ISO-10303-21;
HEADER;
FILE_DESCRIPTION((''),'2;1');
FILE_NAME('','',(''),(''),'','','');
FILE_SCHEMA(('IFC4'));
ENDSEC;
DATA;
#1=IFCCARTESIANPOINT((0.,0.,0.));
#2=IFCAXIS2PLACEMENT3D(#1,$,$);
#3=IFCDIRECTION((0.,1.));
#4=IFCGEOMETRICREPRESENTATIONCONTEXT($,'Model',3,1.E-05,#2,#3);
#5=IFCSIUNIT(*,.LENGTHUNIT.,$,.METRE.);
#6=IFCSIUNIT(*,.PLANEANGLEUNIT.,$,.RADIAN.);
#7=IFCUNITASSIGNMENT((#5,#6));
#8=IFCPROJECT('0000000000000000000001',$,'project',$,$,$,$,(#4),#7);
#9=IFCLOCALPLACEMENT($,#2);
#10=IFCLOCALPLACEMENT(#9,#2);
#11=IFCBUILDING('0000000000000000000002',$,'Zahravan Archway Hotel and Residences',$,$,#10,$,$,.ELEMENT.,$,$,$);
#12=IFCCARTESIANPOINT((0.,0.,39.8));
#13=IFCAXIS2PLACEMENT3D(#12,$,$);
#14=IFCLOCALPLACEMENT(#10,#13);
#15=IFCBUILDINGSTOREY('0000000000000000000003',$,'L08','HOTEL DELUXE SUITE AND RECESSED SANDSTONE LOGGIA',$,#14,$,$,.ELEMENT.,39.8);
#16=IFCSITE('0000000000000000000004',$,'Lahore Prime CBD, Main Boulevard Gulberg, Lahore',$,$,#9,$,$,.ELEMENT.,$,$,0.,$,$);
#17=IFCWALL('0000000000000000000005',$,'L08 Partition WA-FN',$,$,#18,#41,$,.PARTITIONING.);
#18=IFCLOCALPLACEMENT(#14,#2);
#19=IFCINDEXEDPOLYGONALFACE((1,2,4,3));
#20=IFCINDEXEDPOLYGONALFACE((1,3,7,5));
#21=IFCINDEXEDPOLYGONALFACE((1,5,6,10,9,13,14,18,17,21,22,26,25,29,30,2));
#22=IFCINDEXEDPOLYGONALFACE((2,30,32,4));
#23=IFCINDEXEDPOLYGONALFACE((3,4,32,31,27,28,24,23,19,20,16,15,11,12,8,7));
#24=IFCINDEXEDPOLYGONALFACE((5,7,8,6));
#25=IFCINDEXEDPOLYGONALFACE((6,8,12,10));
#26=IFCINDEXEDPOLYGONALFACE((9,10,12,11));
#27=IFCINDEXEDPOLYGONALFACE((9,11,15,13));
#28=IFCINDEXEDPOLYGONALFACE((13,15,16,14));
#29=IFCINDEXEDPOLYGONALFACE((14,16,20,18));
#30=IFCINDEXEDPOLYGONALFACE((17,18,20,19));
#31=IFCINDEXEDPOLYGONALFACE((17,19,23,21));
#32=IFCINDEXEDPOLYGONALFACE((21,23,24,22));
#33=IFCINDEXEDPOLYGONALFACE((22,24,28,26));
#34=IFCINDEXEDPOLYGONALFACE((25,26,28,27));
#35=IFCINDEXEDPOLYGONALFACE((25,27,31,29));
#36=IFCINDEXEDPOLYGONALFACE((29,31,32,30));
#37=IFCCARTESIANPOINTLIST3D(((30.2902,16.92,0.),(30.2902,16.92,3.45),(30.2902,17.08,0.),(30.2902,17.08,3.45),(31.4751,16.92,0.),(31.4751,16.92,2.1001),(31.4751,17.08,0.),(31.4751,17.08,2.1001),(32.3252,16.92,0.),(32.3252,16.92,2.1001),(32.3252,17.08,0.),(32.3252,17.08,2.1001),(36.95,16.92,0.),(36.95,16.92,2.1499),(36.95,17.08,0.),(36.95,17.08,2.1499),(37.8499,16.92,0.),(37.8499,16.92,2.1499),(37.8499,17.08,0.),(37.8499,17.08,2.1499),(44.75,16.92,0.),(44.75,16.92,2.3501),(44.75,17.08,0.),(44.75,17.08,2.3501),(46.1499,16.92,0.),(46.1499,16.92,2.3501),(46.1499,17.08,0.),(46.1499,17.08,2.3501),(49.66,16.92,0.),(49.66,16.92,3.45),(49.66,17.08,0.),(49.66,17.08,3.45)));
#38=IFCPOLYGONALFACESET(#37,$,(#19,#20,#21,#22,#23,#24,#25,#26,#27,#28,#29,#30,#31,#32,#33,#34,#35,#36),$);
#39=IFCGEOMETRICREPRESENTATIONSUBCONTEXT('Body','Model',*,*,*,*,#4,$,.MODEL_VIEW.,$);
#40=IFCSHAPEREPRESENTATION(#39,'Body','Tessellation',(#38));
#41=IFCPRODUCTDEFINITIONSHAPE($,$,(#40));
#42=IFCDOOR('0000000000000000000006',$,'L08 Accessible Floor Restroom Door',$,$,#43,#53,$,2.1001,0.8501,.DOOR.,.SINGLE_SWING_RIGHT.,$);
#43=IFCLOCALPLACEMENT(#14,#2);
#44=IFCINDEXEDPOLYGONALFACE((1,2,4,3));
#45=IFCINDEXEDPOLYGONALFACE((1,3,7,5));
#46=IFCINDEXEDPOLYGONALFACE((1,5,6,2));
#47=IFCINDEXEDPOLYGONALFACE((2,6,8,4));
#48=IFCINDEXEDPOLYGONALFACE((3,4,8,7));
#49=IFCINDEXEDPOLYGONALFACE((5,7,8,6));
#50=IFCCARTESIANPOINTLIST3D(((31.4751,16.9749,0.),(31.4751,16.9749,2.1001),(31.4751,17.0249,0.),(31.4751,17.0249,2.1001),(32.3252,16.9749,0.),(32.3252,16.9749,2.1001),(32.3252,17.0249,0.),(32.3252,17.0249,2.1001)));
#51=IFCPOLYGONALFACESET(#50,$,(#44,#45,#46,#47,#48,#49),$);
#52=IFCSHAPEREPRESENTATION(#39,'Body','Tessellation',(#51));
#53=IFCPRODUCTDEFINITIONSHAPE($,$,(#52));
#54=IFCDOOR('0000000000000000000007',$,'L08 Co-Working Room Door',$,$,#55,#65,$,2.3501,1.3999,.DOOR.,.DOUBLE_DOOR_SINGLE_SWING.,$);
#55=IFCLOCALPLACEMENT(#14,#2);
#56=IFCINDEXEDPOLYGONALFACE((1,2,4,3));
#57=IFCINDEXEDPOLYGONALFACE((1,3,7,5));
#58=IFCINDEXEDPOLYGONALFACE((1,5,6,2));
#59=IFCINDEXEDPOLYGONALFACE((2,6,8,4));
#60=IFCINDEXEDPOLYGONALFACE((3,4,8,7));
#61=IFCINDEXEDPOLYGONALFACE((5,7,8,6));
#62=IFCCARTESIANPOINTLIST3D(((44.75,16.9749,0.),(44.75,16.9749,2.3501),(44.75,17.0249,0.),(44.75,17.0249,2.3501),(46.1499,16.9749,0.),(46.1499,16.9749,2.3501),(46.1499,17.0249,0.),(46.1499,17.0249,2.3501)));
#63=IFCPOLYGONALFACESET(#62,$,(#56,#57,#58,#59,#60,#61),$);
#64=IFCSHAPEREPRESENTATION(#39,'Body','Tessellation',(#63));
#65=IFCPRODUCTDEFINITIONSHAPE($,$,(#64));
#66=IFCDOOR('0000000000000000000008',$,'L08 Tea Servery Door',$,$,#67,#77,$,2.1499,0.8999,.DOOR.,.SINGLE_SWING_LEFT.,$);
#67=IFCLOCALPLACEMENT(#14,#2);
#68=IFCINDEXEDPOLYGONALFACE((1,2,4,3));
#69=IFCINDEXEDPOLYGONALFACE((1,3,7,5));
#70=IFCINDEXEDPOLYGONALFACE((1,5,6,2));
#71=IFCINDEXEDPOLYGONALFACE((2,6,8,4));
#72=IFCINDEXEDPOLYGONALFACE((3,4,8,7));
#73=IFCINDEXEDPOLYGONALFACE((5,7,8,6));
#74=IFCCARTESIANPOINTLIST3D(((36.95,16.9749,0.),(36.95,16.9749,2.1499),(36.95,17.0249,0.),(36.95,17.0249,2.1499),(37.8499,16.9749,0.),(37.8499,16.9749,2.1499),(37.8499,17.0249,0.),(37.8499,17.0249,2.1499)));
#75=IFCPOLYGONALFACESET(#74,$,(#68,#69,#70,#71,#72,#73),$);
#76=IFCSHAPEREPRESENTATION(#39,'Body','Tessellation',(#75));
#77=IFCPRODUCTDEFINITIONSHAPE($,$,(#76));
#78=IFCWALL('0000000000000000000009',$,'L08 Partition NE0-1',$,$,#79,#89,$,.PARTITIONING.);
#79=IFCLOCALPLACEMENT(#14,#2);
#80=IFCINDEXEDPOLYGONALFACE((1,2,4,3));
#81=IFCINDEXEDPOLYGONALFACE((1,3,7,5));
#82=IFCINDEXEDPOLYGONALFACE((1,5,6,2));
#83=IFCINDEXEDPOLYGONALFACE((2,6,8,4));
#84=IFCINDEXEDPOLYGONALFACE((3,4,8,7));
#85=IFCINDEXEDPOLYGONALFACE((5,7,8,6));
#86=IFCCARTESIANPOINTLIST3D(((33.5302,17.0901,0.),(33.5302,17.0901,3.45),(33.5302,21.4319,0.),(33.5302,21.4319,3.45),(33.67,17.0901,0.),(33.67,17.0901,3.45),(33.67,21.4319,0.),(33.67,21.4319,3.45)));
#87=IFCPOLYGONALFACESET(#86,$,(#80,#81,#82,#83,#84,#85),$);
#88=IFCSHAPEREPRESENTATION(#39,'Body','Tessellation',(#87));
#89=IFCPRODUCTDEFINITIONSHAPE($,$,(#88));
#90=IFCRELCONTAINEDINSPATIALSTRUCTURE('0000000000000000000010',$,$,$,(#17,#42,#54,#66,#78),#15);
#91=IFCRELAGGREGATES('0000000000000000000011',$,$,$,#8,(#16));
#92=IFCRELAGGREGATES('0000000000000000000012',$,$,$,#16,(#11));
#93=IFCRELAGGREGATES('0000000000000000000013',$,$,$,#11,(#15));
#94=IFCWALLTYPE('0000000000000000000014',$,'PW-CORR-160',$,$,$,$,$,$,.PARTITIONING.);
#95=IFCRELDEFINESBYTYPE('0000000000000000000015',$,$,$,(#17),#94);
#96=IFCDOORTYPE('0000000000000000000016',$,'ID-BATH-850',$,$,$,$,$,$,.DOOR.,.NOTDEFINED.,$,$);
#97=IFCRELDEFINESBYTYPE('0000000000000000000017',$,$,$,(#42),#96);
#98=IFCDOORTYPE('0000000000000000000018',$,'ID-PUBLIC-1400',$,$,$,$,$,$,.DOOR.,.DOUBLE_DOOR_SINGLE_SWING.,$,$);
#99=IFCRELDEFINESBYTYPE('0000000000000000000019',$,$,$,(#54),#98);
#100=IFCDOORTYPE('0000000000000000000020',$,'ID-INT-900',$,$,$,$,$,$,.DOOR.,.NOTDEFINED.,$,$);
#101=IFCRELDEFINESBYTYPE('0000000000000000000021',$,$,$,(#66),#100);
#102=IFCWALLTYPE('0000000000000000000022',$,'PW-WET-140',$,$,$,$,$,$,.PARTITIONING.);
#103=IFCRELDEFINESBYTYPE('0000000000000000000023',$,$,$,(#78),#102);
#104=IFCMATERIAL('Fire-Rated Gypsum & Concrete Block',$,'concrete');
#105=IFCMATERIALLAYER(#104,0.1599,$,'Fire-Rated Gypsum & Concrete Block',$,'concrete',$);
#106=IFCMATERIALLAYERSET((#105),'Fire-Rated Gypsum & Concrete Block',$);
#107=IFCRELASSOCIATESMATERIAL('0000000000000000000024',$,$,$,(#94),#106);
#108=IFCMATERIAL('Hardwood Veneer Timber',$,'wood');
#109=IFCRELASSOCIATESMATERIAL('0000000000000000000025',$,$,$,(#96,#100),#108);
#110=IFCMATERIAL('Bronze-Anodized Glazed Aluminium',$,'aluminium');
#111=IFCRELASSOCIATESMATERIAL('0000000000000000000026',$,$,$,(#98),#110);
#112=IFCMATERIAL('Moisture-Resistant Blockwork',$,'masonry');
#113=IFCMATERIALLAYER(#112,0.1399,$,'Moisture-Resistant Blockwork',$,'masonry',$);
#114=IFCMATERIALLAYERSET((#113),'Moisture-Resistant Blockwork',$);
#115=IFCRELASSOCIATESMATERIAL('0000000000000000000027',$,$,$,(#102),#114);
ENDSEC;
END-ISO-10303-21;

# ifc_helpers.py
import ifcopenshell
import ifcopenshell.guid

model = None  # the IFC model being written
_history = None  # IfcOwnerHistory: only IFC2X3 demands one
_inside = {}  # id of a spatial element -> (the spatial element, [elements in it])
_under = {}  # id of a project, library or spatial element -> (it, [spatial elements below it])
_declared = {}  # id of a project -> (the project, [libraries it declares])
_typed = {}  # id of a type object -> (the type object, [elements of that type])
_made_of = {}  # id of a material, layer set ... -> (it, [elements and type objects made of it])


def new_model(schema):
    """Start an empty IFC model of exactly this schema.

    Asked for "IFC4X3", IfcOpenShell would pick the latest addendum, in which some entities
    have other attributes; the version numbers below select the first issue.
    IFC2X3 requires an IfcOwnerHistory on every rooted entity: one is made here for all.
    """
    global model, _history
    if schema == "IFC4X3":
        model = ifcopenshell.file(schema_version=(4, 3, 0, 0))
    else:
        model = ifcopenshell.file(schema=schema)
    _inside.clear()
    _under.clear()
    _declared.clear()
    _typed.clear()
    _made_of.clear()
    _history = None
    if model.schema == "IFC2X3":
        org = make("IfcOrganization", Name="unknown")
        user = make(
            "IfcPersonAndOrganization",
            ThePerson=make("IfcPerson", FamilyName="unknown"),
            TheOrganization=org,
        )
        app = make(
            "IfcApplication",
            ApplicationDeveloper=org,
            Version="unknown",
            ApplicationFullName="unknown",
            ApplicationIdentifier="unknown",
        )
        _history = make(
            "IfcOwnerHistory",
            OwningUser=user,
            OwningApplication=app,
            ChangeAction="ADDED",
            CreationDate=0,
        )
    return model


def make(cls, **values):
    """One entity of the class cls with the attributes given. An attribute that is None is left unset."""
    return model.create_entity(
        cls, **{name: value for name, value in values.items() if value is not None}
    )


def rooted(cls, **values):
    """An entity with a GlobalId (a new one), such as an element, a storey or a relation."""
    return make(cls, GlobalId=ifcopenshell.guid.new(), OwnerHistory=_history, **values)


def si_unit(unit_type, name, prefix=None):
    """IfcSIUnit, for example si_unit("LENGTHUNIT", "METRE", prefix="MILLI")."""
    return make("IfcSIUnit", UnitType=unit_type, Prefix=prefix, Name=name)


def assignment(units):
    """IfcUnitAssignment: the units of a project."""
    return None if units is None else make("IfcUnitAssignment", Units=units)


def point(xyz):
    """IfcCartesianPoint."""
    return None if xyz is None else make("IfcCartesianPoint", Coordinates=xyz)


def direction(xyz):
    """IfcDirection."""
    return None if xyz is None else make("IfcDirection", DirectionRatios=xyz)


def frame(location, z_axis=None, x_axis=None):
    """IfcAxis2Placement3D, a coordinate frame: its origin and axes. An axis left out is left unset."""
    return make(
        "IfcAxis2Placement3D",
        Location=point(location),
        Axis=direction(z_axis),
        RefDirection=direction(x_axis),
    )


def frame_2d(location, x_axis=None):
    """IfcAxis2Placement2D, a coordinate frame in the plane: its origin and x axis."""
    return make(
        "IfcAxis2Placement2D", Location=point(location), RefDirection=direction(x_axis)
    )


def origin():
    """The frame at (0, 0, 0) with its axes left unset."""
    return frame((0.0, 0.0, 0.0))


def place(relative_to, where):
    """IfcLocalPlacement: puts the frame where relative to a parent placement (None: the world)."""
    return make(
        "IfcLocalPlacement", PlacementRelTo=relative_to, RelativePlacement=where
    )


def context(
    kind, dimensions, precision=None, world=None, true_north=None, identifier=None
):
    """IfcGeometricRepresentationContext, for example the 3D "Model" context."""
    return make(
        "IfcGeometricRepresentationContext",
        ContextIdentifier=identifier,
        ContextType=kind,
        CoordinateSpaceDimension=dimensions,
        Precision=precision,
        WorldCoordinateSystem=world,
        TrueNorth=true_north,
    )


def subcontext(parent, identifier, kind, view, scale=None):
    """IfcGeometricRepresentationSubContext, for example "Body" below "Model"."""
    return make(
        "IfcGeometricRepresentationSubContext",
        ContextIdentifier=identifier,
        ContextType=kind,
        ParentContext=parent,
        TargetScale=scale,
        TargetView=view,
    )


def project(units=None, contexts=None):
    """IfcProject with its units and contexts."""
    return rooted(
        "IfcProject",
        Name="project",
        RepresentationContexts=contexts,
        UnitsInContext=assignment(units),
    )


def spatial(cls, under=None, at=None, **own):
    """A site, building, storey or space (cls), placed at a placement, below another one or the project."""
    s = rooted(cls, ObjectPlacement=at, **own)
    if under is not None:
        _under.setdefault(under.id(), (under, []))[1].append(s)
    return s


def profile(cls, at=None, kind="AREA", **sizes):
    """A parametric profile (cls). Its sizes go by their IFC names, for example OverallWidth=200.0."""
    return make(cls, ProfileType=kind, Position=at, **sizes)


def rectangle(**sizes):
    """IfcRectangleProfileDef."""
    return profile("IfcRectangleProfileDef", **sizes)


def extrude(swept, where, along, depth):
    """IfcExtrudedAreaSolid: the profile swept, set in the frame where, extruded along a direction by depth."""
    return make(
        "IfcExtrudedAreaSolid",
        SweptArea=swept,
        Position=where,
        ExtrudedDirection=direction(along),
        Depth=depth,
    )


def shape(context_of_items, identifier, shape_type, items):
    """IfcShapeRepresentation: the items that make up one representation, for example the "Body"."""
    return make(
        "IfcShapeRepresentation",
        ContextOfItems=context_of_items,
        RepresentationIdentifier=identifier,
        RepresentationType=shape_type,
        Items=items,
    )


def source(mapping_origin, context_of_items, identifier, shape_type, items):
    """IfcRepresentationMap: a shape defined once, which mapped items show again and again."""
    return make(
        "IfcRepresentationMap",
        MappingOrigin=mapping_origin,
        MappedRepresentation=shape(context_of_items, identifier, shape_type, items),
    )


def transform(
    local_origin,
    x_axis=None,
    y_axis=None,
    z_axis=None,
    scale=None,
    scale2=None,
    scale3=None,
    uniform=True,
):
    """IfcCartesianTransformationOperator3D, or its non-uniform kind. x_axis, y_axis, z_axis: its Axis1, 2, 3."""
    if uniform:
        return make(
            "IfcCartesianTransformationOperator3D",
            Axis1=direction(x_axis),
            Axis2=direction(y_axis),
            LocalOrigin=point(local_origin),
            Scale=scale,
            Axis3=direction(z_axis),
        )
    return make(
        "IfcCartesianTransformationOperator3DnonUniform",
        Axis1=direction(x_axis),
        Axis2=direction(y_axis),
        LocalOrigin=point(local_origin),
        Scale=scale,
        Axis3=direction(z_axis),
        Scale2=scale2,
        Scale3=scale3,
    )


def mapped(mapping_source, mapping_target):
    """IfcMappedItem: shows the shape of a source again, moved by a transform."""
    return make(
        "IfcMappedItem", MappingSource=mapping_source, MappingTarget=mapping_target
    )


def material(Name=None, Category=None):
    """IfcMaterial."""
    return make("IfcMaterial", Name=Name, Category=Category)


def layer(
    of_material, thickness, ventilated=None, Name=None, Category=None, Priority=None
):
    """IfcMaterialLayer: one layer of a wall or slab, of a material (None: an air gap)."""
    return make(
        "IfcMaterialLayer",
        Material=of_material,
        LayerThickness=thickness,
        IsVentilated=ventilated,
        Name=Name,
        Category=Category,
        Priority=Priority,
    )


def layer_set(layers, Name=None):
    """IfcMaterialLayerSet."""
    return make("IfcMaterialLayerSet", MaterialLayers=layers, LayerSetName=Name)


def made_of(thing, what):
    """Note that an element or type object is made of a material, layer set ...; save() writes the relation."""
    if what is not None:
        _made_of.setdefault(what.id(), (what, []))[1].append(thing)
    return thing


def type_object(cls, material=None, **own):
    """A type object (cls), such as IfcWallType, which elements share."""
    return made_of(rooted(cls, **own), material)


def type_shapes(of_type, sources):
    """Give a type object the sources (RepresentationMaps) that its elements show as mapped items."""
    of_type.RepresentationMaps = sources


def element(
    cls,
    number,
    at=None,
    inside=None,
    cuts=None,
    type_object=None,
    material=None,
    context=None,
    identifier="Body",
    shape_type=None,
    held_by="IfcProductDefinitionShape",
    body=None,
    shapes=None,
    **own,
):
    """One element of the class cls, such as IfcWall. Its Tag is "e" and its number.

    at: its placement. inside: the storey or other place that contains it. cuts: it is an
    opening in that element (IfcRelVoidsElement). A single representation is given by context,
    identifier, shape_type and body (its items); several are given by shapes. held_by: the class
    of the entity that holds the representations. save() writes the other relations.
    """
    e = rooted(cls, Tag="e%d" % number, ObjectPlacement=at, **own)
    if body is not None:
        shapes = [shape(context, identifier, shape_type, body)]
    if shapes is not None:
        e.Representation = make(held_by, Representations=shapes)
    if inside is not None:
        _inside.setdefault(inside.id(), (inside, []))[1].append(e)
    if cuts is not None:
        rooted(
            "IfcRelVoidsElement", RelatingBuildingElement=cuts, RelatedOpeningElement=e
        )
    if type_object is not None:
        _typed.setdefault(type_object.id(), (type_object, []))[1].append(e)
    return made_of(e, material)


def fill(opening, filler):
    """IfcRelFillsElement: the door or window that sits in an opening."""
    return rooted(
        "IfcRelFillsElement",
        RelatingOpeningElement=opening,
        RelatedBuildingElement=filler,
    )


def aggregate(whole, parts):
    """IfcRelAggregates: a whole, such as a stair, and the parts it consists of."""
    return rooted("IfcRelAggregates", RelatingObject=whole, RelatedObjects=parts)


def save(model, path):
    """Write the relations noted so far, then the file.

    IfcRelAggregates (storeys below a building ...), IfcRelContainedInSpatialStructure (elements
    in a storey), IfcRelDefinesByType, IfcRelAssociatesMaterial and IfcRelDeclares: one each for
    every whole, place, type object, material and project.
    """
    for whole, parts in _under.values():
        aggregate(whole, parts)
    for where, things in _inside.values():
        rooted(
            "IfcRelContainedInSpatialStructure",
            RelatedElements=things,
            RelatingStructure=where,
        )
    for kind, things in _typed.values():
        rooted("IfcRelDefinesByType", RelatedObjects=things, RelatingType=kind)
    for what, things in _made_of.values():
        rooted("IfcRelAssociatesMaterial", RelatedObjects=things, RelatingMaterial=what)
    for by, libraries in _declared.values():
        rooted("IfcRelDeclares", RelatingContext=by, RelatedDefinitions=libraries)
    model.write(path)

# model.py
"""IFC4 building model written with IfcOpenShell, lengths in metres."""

from ifc_helpers import new_model, si_unit, direction, frame, frame_2d, origin, place, context, subcontext, project, spatial, rectangle, extrude, source, transform, mapped, material, layer, layer_set, type_object, type_shapes, element, fill, save


model = new_model("IFC4")

# Units and contexts
model_context = context("Model", 3, precision=1e-05, world=origin(), true_north=direction((0.0, 1.0)))
body_context = subcontext(model_context, "Body", "Model", "MODEL_VIEW")
ifc_project = project(units=[si_unit("LENGTHUNIT", "METRE"), si_unit("PLANEANGLEUNIT", "RADIAN")], contexts=[model_context])

# Site, building, storey
site_placement = place(None, origin())
site = spatial("IfcSite", under=ifc_project, at=site_placement, Name="Lahore Prime CBD, Main Boulevard Gulberg, Lahore", CompositionType="ELEMENT", RefElevation=0.0)
building_placement = place(site_placement, origin())
building = spatial("IfcBuilding", under=site, at=building_placement, Name="Zahravan Archway Hotel and Residences", CompositionType="ELEMENT")
storey_placement = place(building_placement, frame((0.0, 0.0, 39.8)))
storey = spatial("IfcBuildingStorey", under=building, at=storey_placement, Name="L08", Description="HOTEL DELUXE SUITE AND RECESSED SANDSTONE LOGGIA", CompositionType="ELEMENT", Elevation=39.8)

# Shared definitions
ifc_material_1 = material(Name="Bronze-Anodized Glazed Aluminium", Category="aluminium")

# Wall, openings, doors
ifc_material_2 = material(Name="Fire-Rated Gypsum & Concrete Block", Category="concrete")
ifc_layer_1 = layer(ifc_material_2, 0.1599, Name="Fire-Rated Gypsum & Concrete Block", Category="concrete")
ifc_layer_set_1 = layer_set([ifc_layer_1], Name="Fire-Rated Gypsum & Concrete Block")
wall_type_1 = type_object("IfcWallType", Name="PW-CORR-160", PredefinedType="PARTITIONING", material=ifc_layer_set_1)
wall_1_placement = place(storey_placement, frame((30.29, 17.0, 0.0), z_axis=(0.0, 0.0, 1.0), x_axis=(1.0, 0.0, 0.0)))
wall_1 = element("IfcWall", 1, at=wall_1_placement, inside=storey, type_object=wall_type_1, Name="L08 Partition WA-FN", PredefinedType="PARTITIONING", context=body_context, shape_type="SweptSolid", body=[
    extrude(rectangle(XDim=19.3699, YDim=0.1599, at=frame_2d((9.6851, 0.0))), origin(), (0.0, 0.0, 1.0), 3.45),
])
opening_1_placement = place(wall_1_placement, frame((1.1851, 0.0, 0.0)))
opening_1 = element("IfcOpeningElement", 2, at=opening_1_placement, cuts=wall_1, PredefinedType="OPENING", context=body_context, shape_type="SweptSolid", body=[
    extrude(rectangle(XDim=0.8501, YDim=2.1001, at=frame_2d((0.425, 1.05))), frame((0.0, 0.0898, 0.0), z_axis=(0.0, -1.0, 0.0), x_axis=(1.0, 0.0, 0.0)), (0.0, 0.0, 1.0), 0.1799),
])
opening_2_placement = place(wall_1_placement, frame((6.6599, 0.0, 0.0)))
opening_2 = element("IfcOpeningElement", 3, at=opening_2_placement, cuts=wall_1, PredefinedType="OPENING", context=body_context, shape_type="SweptSolid", body=[
    extrude(rectangle(XDim=0.8999, YDim=2.1499, at=frame_2d((0.45, 1.075))), frame((0.0, 0.0898, 0.0), z_axis=(0.0, -1.0, 0.0), x_axis=(1.0, 0.0, 0.0)), (0.0, 0.0, 1.0), 0.1799),
])
opening_3_placement = place(wall_1_placement, frame((14.46, 0.0, 0.0)))
opening_3 = element("IfcOpeningElement", 4, at=opening_3_placement, cuts=wall_1, PredefinedType="OPENING", context=body_context, shape_type="SweptSolid", body=[
    extrude(rectangle(XDim=1.3999, YDim=2.3501, at=frame_2d((0.7, 1.175))), frame((0.0, 0.0898, 0.0), z_axis=(0.0, -1.0, 0.0), x_axis=(1.0, 0.0, 0.0)), (0.0, 0.0, 1.0), 0.1799),
])
ifc_material_3 = material(Name="Hardwood Veneer Timber", Category="wood")
door_type_1 = type_object("IfcDoorType", Name="ID-BATH-850", OperationType="NOTDEFINED", PredefinedType="DOOR", material=ifc_material_3)
shared_shape_1 = source(origin(), body_context, "Body", "SweptSolid", [
    extrude(rectangle(XDim=0.8501, YDim=2.1001, at=frame_2d((0.425, 1.05))), frame((0.0, 0.0249, 0.0), z_axis=(0.0, -1.0, 0.0), x_axis=(1.0, 0.0, 0.0)), (0.0, 0.0, 1.0), 0.05),
])
type_shapes(door_type_1, [shared_shape_1])
door_1_placement = place(opening_1_placement, origin())
door_1 = element("IfcDoor", 5, at=door_1_placement, inside=storey, type_object=door_type_1, Name="L08 Accessible Floor Restroom Door", OperationType="SINGLE_SWING_RIGHT", OverallHeight=2.1001, OverallWidth=0.8501, PredefinedType="DOOR", context=body_context, shape_type="MappedRepresentation", body=[
    mapped(shared_shape_1, transform((0.0, 0.0, 0.0), scale=1.0)),
])
fill(opening_1, door_1)
door_type_2 = type_object("IfcDoorType", Name="ID-PUBLIC-1400", OperationType="DOUBLE_DOOR_SINGLE_SWING", PredefinedType="DOOR", material=ifc_material_1)
shared_shape_2 = source(origin(), body_context, "Body", "SweptSolid", [
    extrude(rectangle(XDim=1.3999, YDim=2.3501, at=frame_2d((0.7, 1.175))), frame((0.0, 0.0249, 0.0), z_axis=(0.0, -1.0, 0.0), x_axis=(1.0, 0.0, 0.0)), (0.0, 0.0, 1.0), 0.05),
])
type_shapes(door_type_2, [shared_shape_2])
door_2_placement = place(opening_3_placement, origin())
door_2 = element("IfcDoor", 6, at=door_2_placement, inside=storey, type_object=door_type_2, Name="L08 Co-Working Room Door", OperationType="DOUBLE_DOOR_SINGLE_SWING", OverallHeight=2.3501, OverallWidth=1.3999, PredefinedType="DOOR", context=body_context, shape_type="MappedRepresentation", body=[
    mapped(shared_shape_2, transform((0.0, 0.0, 0.0), scale=1.0)),
])
fill(opening_3, door_2)
door_type_3 = type_object("IfcDoorType", Name="ID-INT-900", OperationType="NOTDEFINED", PredefinedType="DOOR", material=ifc_material_3)
shared_shape_3 = source(origin(), body_context, "Body", "SweptSolid", [
    extrude(rectangle(XDim=0.8999, YDim=2.1499, at=frame_2d((0.45, 1.075))), frame((0.0, 0.0249, 0.0), z_axis=(0.0, -1.0, 0.0), x_axis=(1.0, 0.0, 0.0)), (0.0, 0.0, 1.0), 0.05),
])
type_shapes(door_type_3, [shared_shape_3])
door_3_placement = place(opening_2_placement, origin())
door_3 = element("IfcDoor", 7, at=door_3_placement, inside=storey, type_object=door_type_3, Name="L08 Tea Servery Door", OperationType="SINGLE_SWING_LEFT", OverallHeight=2.1499, OverallWidth=0.8999, PredefinedType="DOOR", context=body_context, shape_type="MappedRepresentation", body=[
    mapped(shared_shape_3, transform((0.0, 0.0, 0.0), scale=1.0)),
])
fill(opening_2, door_3)

# Wall
ifc_material_4 = material(Name="Moisture-Resistant Blockwork", Category="masonry")
ifc_layer_2 = layer(ifc_material_4, 0.1399, Name="Moisture-Resistant Blockwork", Category="masonry")
ifc_layer_set_2 = layer_set([ifc_layer_2], Name="Moisture-Resistant Blockwork")
wall_type_2 = type_object("IfcWallType", Name="PW-WET-140", PredefinedType="PARTITIONING", material=ifc_layer_set_2)
wall_2_placement = place(storey_placement, frame((33.6001, 17.0901, 0.0), z_axis=(0.0, 0.0, 1.0), x_axis=(0.0, 1.0, 0.0)))
element("IfcWall", 8, at=wall_2_placement, inside=storey, type_object=wall_type_2, Name="L08 Partition NE0-1", PredefinedType="PARTITIONING", context=body_context, shape_type="SweptSolid", body=[
    extrude(rectangle(XDim=4.3418, YDim=0.1399, at=frame_2d((2.1709, 0.0))), origin(), (0.0, 0.0, 1.0), 3.45),
])

save(model, "model.ifc")
